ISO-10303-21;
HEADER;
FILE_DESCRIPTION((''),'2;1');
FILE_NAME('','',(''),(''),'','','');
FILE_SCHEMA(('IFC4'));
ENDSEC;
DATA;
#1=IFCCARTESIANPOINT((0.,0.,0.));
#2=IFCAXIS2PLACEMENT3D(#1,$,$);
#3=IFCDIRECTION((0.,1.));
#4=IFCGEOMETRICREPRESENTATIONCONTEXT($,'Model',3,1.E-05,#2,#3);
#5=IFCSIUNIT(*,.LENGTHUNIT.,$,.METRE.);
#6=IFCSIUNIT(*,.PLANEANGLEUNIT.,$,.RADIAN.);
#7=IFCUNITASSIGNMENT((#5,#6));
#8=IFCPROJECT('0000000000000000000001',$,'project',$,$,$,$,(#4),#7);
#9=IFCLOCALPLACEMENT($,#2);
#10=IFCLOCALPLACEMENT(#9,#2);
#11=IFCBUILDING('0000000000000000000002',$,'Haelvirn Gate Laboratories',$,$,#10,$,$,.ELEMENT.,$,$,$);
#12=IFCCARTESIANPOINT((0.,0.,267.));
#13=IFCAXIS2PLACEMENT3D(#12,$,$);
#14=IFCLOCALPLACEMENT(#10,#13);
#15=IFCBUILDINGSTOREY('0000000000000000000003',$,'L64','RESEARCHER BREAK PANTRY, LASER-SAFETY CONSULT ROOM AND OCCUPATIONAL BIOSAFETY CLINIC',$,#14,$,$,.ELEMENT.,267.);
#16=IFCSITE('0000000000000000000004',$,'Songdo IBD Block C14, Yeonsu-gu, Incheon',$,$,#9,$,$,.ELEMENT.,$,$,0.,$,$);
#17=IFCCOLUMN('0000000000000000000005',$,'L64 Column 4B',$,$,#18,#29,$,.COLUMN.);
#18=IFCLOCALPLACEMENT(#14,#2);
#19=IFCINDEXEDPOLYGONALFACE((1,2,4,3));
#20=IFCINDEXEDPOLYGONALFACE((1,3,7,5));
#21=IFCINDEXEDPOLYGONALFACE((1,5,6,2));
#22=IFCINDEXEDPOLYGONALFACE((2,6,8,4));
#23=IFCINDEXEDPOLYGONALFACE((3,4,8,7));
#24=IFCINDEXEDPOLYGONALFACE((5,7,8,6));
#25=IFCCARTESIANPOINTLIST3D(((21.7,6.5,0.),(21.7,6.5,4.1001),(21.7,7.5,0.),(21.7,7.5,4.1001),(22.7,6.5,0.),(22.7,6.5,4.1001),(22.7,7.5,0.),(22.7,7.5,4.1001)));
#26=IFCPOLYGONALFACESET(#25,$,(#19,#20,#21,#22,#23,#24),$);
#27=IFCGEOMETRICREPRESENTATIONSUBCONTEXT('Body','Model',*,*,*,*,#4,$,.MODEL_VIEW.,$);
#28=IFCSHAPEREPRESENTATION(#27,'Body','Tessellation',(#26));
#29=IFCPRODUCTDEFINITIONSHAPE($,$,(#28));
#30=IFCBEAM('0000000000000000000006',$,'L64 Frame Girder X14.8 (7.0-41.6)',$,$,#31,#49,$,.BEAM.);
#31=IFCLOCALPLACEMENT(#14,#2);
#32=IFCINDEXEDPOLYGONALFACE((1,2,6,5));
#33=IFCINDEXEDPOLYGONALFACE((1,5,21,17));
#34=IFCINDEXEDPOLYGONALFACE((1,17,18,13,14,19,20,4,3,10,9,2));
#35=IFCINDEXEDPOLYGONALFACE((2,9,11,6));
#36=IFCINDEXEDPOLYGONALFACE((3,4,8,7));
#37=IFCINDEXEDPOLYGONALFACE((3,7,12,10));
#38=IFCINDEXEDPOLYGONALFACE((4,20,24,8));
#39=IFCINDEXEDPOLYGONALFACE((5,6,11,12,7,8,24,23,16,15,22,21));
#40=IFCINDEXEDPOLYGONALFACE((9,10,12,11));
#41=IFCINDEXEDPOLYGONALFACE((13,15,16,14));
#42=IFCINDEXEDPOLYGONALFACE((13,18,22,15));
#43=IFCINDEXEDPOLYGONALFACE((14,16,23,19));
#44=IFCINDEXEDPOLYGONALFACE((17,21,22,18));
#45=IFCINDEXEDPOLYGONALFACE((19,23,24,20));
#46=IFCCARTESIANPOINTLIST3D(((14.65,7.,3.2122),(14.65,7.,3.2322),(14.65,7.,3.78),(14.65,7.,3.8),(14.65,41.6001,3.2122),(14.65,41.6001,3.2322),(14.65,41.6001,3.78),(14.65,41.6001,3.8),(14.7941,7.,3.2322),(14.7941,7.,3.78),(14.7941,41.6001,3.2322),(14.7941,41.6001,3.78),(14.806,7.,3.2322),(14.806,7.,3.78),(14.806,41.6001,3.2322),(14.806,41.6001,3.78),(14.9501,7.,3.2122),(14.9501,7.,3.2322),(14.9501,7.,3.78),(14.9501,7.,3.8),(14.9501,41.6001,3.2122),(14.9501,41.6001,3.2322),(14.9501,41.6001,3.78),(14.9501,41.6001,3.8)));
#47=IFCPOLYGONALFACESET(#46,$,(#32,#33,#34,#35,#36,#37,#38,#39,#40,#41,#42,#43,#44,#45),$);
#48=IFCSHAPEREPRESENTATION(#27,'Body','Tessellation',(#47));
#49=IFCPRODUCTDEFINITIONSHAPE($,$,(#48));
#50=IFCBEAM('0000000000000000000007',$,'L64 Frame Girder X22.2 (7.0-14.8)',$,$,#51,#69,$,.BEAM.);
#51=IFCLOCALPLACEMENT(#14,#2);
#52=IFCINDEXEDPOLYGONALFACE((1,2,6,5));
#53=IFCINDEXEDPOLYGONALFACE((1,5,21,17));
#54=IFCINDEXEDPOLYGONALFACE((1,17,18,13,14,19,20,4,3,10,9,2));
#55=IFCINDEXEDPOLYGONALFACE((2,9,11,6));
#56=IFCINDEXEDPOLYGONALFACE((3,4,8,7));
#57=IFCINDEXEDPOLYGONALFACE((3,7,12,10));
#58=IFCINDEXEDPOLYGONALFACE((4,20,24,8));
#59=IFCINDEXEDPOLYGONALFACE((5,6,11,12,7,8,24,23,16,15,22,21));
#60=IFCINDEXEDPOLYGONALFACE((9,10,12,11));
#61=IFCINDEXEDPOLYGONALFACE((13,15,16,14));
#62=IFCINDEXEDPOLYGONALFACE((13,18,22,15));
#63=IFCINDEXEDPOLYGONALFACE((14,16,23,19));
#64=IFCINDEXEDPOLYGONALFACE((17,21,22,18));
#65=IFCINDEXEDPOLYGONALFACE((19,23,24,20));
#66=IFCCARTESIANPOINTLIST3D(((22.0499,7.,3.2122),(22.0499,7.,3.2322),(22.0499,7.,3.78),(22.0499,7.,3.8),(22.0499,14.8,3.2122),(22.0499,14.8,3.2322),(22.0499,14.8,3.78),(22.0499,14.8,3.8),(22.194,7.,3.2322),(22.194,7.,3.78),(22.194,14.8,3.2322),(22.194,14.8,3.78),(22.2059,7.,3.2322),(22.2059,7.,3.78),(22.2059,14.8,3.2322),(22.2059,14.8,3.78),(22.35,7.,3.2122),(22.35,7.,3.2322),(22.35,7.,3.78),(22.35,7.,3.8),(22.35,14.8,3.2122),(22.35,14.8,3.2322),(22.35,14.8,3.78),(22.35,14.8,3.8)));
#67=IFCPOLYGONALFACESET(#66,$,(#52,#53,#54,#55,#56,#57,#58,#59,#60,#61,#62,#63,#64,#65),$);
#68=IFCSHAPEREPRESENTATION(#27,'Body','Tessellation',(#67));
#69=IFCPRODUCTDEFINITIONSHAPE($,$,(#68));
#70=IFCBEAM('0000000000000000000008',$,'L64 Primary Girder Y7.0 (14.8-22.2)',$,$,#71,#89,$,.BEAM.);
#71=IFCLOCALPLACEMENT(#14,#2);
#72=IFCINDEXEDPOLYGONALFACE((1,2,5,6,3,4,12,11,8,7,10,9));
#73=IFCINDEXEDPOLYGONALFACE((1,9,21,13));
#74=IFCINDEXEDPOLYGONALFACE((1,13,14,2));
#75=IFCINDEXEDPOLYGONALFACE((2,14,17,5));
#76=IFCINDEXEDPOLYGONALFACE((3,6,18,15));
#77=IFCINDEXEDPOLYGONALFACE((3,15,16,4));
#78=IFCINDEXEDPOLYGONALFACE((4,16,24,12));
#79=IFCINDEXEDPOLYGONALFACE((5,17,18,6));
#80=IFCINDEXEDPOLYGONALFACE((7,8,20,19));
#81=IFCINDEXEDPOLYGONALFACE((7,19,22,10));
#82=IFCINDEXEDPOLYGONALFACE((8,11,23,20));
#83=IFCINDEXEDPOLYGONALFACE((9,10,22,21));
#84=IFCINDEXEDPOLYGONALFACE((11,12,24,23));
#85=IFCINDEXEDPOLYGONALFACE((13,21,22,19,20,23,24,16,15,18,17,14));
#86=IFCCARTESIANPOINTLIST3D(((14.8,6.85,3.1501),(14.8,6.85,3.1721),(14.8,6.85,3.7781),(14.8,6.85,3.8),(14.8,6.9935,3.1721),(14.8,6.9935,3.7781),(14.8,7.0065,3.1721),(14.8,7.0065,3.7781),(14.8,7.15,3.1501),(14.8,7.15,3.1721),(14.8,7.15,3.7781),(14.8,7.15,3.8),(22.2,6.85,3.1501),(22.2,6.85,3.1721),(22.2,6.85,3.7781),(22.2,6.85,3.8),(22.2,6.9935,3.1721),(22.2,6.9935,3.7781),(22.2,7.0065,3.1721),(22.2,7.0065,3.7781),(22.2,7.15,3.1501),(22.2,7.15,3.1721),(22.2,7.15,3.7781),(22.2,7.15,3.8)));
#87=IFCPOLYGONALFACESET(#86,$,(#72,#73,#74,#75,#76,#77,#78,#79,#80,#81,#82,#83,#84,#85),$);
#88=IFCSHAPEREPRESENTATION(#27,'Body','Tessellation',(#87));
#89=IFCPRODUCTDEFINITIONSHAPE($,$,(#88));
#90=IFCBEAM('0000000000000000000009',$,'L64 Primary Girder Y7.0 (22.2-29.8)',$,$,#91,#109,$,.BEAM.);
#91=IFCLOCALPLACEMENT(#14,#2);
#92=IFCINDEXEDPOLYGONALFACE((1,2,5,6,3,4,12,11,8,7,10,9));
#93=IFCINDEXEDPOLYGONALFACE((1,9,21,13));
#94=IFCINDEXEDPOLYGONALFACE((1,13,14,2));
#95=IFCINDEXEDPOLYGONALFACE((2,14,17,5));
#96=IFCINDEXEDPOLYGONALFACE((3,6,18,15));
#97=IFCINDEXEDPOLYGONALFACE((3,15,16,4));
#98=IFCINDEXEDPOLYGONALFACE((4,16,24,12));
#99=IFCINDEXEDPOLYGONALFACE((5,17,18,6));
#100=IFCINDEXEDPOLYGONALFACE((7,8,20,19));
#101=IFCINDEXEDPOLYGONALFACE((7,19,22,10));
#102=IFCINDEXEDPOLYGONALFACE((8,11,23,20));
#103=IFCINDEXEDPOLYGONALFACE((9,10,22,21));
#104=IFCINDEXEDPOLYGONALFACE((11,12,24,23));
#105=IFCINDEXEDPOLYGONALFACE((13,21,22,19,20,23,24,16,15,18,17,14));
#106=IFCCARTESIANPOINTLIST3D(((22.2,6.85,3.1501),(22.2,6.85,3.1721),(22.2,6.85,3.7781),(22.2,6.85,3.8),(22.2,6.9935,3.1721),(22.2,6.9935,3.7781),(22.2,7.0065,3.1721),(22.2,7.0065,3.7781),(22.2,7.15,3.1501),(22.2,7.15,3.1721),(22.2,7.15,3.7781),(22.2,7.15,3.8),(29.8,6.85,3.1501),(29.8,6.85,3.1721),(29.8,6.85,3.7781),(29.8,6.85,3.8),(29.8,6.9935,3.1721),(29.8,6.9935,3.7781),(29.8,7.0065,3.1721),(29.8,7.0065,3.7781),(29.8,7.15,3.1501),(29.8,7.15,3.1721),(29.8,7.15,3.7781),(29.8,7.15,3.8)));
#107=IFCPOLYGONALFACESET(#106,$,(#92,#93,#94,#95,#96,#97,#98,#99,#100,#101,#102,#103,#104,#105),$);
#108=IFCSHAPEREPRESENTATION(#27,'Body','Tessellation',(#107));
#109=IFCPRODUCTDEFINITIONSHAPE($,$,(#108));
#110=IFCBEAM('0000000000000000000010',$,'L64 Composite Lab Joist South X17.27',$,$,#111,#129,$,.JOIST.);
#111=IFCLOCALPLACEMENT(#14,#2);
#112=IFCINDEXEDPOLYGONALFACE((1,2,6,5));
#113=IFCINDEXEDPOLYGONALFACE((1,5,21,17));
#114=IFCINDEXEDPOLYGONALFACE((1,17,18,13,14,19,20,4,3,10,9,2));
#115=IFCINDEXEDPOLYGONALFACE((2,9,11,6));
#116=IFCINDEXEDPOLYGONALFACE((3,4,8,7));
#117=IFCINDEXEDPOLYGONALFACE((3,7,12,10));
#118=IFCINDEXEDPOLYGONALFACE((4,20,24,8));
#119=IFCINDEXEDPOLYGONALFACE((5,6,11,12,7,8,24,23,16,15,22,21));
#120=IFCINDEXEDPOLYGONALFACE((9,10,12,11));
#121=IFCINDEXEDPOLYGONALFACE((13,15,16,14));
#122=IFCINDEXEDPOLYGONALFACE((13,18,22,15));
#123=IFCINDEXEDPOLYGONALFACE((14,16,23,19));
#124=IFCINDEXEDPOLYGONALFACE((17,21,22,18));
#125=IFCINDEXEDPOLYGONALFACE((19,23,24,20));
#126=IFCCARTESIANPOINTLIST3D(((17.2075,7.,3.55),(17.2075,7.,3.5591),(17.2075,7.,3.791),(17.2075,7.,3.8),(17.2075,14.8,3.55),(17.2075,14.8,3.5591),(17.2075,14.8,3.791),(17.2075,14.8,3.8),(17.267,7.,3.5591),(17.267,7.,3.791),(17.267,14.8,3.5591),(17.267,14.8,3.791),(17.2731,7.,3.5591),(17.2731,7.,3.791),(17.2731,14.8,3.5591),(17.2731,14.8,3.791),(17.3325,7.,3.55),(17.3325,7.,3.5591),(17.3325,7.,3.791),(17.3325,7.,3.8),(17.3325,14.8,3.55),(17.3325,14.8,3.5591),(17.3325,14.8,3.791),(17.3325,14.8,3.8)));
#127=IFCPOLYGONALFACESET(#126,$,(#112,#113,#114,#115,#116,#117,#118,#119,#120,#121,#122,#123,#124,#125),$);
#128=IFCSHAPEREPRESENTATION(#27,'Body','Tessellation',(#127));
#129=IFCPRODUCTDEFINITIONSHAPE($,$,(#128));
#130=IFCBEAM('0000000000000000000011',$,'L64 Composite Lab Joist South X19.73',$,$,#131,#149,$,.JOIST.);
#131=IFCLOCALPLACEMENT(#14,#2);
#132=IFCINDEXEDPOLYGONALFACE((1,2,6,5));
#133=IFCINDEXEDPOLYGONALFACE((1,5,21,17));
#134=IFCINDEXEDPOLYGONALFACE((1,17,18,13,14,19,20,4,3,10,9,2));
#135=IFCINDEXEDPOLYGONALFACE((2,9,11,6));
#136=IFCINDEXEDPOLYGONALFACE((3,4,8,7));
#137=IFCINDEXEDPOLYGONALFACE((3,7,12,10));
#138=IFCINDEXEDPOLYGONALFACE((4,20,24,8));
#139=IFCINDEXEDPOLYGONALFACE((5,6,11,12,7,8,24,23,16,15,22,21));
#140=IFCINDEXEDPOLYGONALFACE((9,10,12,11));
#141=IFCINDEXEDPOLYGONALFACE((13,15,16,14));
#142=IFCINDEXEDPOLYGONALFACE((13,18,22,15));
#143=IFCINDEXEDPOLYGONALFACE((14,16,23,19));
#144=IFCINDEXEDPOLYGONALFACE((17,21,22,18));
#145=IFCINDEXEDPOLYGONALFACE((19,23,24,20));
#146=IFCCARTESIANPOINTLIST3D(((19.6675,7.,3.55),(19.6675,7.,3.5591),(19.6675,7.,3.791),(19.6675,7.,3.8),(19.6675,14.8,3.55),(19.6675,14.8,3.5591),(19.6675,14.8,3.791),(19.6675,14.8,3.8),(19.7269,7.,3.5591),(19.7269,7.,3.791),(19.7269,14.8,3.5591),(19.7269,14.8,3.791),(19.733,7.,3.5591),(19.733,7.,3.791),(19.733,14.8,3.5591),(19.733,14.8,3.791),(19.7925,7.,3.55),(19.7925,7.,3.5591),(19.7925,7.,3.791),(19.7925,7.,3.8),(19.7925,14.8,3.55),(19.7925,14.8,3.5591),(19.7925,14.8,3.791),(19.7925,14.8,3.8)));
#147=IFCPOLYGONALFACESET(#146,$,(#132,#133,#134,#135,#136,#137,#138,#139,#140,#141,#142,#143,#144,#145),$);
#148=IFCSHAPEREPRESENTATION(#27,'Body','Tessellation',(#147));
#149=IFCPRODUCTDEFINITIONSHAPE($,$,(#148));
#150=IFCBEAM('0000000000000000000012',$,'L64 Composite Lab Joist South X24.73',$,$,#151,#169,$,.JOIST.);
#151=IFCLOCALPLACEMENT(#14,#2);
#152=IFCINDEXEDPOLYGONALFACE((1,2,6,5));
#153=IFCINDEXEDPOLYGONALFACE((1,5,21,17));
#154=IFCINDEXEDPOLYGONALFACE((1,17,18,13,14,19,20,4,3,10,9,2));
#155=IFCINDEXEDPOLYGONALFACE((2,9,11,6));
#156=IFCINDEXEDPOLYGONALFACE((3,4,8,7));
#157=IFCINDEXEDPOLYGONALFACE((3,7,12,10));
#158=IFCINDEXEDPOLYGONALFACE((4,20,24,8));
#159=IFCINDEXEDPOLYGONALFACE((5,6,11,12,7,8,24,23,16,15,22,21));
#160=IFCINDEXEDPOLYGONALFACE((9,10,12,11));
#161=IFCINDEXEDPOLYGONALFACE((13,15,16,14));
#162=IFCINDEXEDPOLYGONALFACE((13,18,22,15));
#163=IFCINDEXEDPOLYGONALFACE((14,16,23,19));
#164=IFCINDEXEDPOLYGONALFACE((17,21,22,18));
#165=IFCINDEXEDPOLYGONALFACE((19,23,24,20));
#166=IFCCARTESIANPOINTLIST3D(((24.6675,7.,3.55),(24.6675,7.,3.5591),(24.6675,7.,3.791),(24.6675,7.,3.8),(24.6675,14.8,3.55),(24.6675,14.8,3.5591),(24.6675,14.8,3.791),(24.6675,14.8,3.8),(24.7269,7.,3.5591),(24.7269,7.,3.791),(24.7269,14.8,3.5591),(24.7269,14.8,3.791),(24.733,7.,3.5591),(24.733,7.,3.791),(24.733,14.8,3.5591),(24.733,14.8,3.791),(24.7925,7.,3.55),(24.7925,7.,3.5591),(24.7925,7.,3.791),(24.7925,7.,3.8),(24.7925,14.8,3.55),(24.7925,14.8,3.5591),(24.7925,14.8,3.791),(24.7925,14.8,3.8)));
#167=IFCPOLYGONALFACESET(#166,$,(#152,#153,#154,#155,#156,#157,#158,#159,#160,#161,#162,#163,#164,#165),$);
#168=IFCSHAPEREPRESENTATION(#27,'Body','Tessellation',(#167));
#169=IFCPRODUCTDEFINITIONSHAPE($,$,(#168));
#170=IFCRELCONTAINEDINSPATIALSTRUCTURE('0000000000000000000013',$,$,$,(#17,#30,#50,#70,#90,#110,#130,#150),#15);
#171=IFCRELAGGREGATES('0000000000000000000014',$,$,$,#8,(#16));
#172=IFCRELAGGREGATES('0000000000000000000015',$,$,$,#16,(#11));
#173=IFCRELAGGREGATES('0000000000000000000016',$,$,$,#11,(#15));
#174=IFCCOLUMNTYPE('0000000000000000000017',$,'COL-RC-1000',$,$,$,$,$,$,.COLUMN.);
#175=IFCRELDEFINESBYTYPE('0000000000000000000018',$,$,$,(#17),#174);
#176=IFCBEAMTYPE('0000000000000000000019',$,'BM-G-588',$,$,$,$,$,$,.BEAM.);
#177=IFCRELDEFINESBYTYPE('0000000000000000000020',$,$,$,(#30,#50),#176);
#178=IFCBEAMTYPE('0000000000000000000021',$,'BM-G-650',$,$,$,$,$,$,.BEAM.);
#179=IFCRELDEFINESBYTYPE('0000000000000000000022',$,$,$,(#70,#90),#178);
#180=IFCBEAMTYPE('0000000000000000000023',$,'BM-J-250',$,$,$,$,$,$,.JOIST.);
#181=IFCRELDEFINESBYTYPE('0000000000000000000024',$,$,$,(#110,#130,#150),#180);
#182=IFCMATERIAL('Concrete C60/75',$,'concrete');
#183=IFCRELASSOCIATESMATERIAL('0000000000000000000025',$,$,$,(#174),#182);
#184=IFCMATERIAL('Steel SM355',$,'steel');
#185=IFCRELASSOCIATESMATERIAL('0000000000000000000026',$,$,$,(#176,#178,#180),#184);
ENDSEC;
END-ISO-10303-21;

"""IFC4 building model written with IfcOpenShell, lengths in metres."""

from ifc_helpers import new_model, si_unit, direction, frame, origin, origin_2d, place, context, subcontext, project, spatial, rectangle, i_section, extrude, source, transform, mapped, material, material_profile, profile_set, type_object, type_shapes, element, save


model = new_model("IFC4")

# Units and contexts
model_context = context("Model", 3, precision=1e-05, world=origin(), true_north=direction((0.0, 1.0)))
body_context = subcontext(model_context, "Body", "Model", "MODEL_VIEW")
ifc_project = project(units=[si_unit("LENGTHUNIT", "METRE"), si_unit("PLANEANGLEUNIT", "RADIAN")], contexts=[model_context])

# Site, building, storey
site_placement = place(None, origin())
site = spatial("IfcSite", under=ifc_project, at=site_placement, Name="Songdo IBD Block C14, Yeonsu-gu, Incheon", CompositionType="ELEMENT", RefElevation=0.0)
building_placement = place(site_placement, origin())
building = spatial("IfcBuilding", under=site, at=building_placement, Name="Haelvirn Gate Laboratories", CompositionType="ELEMENT")
storey_placement = place(building_placement, frame((0.0, 0.0, 267.0)))
storey = spatial("IfcBuildingStorey", under=building, at=storey_placement, Name="L64", Description="RESEARCHER BREAK PANTRY, LASER-SAFETY CONSULT ROOM AND OCCUPATIONAL BIOSAFETY CLINIC", CompositionType="ELEMENT", Elevation=267.0)

# Column
ifc_material_1 = material(Name="Concrete C60/75", Category="concrete")
ifc_material_profile_1 = material_profile(ifc_material_1, rectangle(XDim=1.0, YDim=1.0, at=origin_2d()), Name="RC-1000x1000")
ifc_profile_set_1 = profile_set([ifc_material_profile_1], Name="Concrete C60/75")
column_type = type_object("IfcColumnType", Name="COL-RC-1000", PredefinedType="COLUMN", material=ifc_profile_set_1)
shared_shape_1 = source(origin(), body_context, "Body", "SweptSolid", [
    extrude(rectangle(XDim=1.0, YDim=1.0, at=origin_2d()), origin(), (0.0, 0.0, 1.0), 4.1001),
])
type_shapes(column_type, [shared_shape_1])
column_placement = place(storey_placement, frame((22.2, 7.0, 0.0), z_axis=(0.0, 0.0, 1.0), x_axis=(1.0, 0.0, 0.0)))
element("IfcColumn", 1, at=column_placement, inside=storey, type_object=column_type, Name="L64 Column 4B", PredefinedType="COLUMN", context=body_context, shape_type="MappedRepresentation", body=[
    mapped(shared_shape_1, transform((0.0, 0.0, 0.0), scale=1.0)),
])

# Beams
ifc_material_2 = material(Name="Steel SM355", Category="steel")
ifc_material_profile_2 = material_profile(ifc_material_2, i_section(OverallWidth=0.3, OverallDepth=0.5879, WebThickness=0.012, FlangeThickness=0.02, at=origin_2d()), Name="H-588x300x12x20")
ifc_profile_set_2 = profile_set([ifc_material_profile_2], Name="Steel SM355")
beam_type_1 = type_object("IfcBeamType", Name="BM-G-588", PredefinedType="BEAM", material=ifc_profile_set_2)
shared_shape_2 = source(origin(), body_context, "Body", "SweptSolid", [
    extrude(i_section(OverallWidth=0.3, OverallDepth=0.5879, WebThickness=0.012, FlangeThickness=0.02, at=origin_2d()), origin(), (0.0, 0.0, 1.0), 34.6001),
])
beam_1_placement = place(storey_placement, frame((14.8, 7.0, 3.5061), z_axis=(0.0, 1.0, 0.0), x_axis=(-1.0, 0.0, 0.0)))
element("IfcBeam", 2, at=beam_1_placement, inside=storey, type_object=beam_type_1, Name="L64 Frame Girder X14.8 (7.0-41.6)", PredefinedType="BEAM", context=body_context, shape_type="MappedRepresentation", body=[
    mapped(shared_shape_2, transform((0.0, 0.0, 0.0), scale=1.0)),
])
shared_shape_3 = source(origin(), body_context, "Body", "SweptSolid", [
    extrude(i_section(OverallWidth=0.3, OverallDepth=0.5879, WebThickness=0.012, FlangeThickness=0.02, at=origin_2d()), origin(), (0.0, 0.0, 1.0), 7.8),
])
type_shapes(beam_type_1, [shared_shape_2, shared_shape_3])
beam_2_placement = place(storey_placement, frame((22.2, 7.0, 3.5061), z_axis=(0.0, 1.0, 0.0), x_axis=(-1.0, 0.0, 0.0)))
element("IfcBeam", 3, at=beam_2_placement, inside=storey, type_object=beam_type_1, Name="L64 Frame Girder X22.2 (7.0-14.8)", PredefinedType="BEAM", context=body_context, shape_type="MappedRepresentation", body=[
    mapped(shared_shape_3, transform((0.0, 0.0, 0.0), scale=1.0)),
])
ifc_material_profile_3 = material_profile(ifc_material_2, i_section(OverallWidth=0.3, OverallDepth=0.6499, WebThickness=0.0129, FlangeThickness=0.022, at=origin_2d()), Name="H-650x300x13x22")
ifc_profile_set_3 = profile_set([ifc_material_profile_3], Name="Steel SM355")
beam_type_2 = type_object("IfcBeamType", Name="BM-G-650", PredefinedType="BEAM", material=ifc_profile_set_3)
shared_shape_4 = source(origin(), body_context, "Body", "SweptSolid", [
    extrude(i_section(OverallWidth=0.3, OverallDepth=0.6499, WebThickness=0.0129, FlangeThickness=0.022, at=origin_2d()), origin(), (0.0, 0.0, 1.0), 7.3999),
])
beam_3_placement = place(storey_placement, frame((14.8, 7.0, 3.4751), z_axis=(1.0, 0.0, 0.0), x_axis=(0.0, 1.0, 0.0)))
element("IfcBeam", 4, at=beam_3_placement, inside=storey, type_object=beam_type_2, Name="L64 Primary Girder Y7.0 (14.8-22.2)", PredefinedType="BEAM", context=body_context, shape_type="MappedRepresentation", body=[
    mapped(shared_shape_4, transform((0.0, 0.0, 0.0), scale=1.0)),
])
shared_shape_5 = source(origin(), body_context, "Body", "SweptSolid", [
    extrude(i_section(OverallWidth=0.3, OverallDepth=0.6499, WebThickness=0.0129, FlangeThickness=0.022, at=origin_2d()), origin(), (0.0, 0.0, 1.0), 7.6001),
])
type_shapes(beam_type_2, [shared_shape_4, shared_shape_5])
beam_4_placement = place(storey_placement, frame((22.2, 7.0, 3.4751), z_axis=(1.0, 0.0, 0.0), x_axis=(0.0, 1.0, 0.0)))
element("IfcBeam", 5, at=beam_4_placement, inside=storey, type_object=beam_type_2, Name="L64 Primary Girder Y7.0 (22.2-29.8)", PredefinedType="BEAM", context=body_context, shape_type="MappedRepresentation", body=[
    mapped(shared_shape_5, transform((0.0, 0.0, 0.0), scale=1.0)),
])
ifc_material_profile_4 = material_profile(ifc_material_2, i_section(OverallWidth=0.125, OverallDepth=0.25, WebThickness=0.0061, FlangeThickness=0.009, at=origin_2d()), Name="H-250x125x6x9")
ifc_profile_set_4 = profile_set([ifc_material_profile_4], Name="Steel SM355")
beam_type_3 = type_object("IfcBeamType", Name="BM-J-250", PredefinedType="JOIST", material=ifc_profile_set_4)
shared_shape_6 = source(origin(), body_context, "Body", "SweptSolid", [
    extrude(i_section(OverallWidth=0.125, OverallDepth=0.25, WebThickness=0.0061, FlangeThickness=0.009, at=origin_2d()), origin(), (0.0, 0.0, 1.0), 7.8),
])
type_shapes(beam_type_3, [shared_shape_6])
for number, where, z_axis, x_axis, name in (
    (6, (17.27, 7.0, 3.675), (0.0, 1.0, 0.0), (-1.0, 0.0, 0.0), "L64 Composite Lab Joist South X17.27"),
    (7, (19.73, 7.0, 3.675), (0.0, 1.0, 0.0), (-1.0, 0.0, 0.0), "L64 Composite Lab Joist South X19.73"),
    (8, (24.73, 7.0, 3.675), (0.0, 1.0, 0.0), (-1.0, 0.0, 0.0), "L64 Composite Lab Joist South X24.73"),
):
    element("IfcBeam", number, at=place(storey_placement, frame(where, z_axis=z_axis, x_axis=x_axis)), inside=storey, type_object=beam_type_3, Name=name, PredefinedType="JOIST", context=body_context, shape_type="MappedRepresentation", body=[
        mapped(shared_shape_6, transform((0.0, 0.0, 0.0), scale=1.0)),
    ])

save(model, "model.ifc")
